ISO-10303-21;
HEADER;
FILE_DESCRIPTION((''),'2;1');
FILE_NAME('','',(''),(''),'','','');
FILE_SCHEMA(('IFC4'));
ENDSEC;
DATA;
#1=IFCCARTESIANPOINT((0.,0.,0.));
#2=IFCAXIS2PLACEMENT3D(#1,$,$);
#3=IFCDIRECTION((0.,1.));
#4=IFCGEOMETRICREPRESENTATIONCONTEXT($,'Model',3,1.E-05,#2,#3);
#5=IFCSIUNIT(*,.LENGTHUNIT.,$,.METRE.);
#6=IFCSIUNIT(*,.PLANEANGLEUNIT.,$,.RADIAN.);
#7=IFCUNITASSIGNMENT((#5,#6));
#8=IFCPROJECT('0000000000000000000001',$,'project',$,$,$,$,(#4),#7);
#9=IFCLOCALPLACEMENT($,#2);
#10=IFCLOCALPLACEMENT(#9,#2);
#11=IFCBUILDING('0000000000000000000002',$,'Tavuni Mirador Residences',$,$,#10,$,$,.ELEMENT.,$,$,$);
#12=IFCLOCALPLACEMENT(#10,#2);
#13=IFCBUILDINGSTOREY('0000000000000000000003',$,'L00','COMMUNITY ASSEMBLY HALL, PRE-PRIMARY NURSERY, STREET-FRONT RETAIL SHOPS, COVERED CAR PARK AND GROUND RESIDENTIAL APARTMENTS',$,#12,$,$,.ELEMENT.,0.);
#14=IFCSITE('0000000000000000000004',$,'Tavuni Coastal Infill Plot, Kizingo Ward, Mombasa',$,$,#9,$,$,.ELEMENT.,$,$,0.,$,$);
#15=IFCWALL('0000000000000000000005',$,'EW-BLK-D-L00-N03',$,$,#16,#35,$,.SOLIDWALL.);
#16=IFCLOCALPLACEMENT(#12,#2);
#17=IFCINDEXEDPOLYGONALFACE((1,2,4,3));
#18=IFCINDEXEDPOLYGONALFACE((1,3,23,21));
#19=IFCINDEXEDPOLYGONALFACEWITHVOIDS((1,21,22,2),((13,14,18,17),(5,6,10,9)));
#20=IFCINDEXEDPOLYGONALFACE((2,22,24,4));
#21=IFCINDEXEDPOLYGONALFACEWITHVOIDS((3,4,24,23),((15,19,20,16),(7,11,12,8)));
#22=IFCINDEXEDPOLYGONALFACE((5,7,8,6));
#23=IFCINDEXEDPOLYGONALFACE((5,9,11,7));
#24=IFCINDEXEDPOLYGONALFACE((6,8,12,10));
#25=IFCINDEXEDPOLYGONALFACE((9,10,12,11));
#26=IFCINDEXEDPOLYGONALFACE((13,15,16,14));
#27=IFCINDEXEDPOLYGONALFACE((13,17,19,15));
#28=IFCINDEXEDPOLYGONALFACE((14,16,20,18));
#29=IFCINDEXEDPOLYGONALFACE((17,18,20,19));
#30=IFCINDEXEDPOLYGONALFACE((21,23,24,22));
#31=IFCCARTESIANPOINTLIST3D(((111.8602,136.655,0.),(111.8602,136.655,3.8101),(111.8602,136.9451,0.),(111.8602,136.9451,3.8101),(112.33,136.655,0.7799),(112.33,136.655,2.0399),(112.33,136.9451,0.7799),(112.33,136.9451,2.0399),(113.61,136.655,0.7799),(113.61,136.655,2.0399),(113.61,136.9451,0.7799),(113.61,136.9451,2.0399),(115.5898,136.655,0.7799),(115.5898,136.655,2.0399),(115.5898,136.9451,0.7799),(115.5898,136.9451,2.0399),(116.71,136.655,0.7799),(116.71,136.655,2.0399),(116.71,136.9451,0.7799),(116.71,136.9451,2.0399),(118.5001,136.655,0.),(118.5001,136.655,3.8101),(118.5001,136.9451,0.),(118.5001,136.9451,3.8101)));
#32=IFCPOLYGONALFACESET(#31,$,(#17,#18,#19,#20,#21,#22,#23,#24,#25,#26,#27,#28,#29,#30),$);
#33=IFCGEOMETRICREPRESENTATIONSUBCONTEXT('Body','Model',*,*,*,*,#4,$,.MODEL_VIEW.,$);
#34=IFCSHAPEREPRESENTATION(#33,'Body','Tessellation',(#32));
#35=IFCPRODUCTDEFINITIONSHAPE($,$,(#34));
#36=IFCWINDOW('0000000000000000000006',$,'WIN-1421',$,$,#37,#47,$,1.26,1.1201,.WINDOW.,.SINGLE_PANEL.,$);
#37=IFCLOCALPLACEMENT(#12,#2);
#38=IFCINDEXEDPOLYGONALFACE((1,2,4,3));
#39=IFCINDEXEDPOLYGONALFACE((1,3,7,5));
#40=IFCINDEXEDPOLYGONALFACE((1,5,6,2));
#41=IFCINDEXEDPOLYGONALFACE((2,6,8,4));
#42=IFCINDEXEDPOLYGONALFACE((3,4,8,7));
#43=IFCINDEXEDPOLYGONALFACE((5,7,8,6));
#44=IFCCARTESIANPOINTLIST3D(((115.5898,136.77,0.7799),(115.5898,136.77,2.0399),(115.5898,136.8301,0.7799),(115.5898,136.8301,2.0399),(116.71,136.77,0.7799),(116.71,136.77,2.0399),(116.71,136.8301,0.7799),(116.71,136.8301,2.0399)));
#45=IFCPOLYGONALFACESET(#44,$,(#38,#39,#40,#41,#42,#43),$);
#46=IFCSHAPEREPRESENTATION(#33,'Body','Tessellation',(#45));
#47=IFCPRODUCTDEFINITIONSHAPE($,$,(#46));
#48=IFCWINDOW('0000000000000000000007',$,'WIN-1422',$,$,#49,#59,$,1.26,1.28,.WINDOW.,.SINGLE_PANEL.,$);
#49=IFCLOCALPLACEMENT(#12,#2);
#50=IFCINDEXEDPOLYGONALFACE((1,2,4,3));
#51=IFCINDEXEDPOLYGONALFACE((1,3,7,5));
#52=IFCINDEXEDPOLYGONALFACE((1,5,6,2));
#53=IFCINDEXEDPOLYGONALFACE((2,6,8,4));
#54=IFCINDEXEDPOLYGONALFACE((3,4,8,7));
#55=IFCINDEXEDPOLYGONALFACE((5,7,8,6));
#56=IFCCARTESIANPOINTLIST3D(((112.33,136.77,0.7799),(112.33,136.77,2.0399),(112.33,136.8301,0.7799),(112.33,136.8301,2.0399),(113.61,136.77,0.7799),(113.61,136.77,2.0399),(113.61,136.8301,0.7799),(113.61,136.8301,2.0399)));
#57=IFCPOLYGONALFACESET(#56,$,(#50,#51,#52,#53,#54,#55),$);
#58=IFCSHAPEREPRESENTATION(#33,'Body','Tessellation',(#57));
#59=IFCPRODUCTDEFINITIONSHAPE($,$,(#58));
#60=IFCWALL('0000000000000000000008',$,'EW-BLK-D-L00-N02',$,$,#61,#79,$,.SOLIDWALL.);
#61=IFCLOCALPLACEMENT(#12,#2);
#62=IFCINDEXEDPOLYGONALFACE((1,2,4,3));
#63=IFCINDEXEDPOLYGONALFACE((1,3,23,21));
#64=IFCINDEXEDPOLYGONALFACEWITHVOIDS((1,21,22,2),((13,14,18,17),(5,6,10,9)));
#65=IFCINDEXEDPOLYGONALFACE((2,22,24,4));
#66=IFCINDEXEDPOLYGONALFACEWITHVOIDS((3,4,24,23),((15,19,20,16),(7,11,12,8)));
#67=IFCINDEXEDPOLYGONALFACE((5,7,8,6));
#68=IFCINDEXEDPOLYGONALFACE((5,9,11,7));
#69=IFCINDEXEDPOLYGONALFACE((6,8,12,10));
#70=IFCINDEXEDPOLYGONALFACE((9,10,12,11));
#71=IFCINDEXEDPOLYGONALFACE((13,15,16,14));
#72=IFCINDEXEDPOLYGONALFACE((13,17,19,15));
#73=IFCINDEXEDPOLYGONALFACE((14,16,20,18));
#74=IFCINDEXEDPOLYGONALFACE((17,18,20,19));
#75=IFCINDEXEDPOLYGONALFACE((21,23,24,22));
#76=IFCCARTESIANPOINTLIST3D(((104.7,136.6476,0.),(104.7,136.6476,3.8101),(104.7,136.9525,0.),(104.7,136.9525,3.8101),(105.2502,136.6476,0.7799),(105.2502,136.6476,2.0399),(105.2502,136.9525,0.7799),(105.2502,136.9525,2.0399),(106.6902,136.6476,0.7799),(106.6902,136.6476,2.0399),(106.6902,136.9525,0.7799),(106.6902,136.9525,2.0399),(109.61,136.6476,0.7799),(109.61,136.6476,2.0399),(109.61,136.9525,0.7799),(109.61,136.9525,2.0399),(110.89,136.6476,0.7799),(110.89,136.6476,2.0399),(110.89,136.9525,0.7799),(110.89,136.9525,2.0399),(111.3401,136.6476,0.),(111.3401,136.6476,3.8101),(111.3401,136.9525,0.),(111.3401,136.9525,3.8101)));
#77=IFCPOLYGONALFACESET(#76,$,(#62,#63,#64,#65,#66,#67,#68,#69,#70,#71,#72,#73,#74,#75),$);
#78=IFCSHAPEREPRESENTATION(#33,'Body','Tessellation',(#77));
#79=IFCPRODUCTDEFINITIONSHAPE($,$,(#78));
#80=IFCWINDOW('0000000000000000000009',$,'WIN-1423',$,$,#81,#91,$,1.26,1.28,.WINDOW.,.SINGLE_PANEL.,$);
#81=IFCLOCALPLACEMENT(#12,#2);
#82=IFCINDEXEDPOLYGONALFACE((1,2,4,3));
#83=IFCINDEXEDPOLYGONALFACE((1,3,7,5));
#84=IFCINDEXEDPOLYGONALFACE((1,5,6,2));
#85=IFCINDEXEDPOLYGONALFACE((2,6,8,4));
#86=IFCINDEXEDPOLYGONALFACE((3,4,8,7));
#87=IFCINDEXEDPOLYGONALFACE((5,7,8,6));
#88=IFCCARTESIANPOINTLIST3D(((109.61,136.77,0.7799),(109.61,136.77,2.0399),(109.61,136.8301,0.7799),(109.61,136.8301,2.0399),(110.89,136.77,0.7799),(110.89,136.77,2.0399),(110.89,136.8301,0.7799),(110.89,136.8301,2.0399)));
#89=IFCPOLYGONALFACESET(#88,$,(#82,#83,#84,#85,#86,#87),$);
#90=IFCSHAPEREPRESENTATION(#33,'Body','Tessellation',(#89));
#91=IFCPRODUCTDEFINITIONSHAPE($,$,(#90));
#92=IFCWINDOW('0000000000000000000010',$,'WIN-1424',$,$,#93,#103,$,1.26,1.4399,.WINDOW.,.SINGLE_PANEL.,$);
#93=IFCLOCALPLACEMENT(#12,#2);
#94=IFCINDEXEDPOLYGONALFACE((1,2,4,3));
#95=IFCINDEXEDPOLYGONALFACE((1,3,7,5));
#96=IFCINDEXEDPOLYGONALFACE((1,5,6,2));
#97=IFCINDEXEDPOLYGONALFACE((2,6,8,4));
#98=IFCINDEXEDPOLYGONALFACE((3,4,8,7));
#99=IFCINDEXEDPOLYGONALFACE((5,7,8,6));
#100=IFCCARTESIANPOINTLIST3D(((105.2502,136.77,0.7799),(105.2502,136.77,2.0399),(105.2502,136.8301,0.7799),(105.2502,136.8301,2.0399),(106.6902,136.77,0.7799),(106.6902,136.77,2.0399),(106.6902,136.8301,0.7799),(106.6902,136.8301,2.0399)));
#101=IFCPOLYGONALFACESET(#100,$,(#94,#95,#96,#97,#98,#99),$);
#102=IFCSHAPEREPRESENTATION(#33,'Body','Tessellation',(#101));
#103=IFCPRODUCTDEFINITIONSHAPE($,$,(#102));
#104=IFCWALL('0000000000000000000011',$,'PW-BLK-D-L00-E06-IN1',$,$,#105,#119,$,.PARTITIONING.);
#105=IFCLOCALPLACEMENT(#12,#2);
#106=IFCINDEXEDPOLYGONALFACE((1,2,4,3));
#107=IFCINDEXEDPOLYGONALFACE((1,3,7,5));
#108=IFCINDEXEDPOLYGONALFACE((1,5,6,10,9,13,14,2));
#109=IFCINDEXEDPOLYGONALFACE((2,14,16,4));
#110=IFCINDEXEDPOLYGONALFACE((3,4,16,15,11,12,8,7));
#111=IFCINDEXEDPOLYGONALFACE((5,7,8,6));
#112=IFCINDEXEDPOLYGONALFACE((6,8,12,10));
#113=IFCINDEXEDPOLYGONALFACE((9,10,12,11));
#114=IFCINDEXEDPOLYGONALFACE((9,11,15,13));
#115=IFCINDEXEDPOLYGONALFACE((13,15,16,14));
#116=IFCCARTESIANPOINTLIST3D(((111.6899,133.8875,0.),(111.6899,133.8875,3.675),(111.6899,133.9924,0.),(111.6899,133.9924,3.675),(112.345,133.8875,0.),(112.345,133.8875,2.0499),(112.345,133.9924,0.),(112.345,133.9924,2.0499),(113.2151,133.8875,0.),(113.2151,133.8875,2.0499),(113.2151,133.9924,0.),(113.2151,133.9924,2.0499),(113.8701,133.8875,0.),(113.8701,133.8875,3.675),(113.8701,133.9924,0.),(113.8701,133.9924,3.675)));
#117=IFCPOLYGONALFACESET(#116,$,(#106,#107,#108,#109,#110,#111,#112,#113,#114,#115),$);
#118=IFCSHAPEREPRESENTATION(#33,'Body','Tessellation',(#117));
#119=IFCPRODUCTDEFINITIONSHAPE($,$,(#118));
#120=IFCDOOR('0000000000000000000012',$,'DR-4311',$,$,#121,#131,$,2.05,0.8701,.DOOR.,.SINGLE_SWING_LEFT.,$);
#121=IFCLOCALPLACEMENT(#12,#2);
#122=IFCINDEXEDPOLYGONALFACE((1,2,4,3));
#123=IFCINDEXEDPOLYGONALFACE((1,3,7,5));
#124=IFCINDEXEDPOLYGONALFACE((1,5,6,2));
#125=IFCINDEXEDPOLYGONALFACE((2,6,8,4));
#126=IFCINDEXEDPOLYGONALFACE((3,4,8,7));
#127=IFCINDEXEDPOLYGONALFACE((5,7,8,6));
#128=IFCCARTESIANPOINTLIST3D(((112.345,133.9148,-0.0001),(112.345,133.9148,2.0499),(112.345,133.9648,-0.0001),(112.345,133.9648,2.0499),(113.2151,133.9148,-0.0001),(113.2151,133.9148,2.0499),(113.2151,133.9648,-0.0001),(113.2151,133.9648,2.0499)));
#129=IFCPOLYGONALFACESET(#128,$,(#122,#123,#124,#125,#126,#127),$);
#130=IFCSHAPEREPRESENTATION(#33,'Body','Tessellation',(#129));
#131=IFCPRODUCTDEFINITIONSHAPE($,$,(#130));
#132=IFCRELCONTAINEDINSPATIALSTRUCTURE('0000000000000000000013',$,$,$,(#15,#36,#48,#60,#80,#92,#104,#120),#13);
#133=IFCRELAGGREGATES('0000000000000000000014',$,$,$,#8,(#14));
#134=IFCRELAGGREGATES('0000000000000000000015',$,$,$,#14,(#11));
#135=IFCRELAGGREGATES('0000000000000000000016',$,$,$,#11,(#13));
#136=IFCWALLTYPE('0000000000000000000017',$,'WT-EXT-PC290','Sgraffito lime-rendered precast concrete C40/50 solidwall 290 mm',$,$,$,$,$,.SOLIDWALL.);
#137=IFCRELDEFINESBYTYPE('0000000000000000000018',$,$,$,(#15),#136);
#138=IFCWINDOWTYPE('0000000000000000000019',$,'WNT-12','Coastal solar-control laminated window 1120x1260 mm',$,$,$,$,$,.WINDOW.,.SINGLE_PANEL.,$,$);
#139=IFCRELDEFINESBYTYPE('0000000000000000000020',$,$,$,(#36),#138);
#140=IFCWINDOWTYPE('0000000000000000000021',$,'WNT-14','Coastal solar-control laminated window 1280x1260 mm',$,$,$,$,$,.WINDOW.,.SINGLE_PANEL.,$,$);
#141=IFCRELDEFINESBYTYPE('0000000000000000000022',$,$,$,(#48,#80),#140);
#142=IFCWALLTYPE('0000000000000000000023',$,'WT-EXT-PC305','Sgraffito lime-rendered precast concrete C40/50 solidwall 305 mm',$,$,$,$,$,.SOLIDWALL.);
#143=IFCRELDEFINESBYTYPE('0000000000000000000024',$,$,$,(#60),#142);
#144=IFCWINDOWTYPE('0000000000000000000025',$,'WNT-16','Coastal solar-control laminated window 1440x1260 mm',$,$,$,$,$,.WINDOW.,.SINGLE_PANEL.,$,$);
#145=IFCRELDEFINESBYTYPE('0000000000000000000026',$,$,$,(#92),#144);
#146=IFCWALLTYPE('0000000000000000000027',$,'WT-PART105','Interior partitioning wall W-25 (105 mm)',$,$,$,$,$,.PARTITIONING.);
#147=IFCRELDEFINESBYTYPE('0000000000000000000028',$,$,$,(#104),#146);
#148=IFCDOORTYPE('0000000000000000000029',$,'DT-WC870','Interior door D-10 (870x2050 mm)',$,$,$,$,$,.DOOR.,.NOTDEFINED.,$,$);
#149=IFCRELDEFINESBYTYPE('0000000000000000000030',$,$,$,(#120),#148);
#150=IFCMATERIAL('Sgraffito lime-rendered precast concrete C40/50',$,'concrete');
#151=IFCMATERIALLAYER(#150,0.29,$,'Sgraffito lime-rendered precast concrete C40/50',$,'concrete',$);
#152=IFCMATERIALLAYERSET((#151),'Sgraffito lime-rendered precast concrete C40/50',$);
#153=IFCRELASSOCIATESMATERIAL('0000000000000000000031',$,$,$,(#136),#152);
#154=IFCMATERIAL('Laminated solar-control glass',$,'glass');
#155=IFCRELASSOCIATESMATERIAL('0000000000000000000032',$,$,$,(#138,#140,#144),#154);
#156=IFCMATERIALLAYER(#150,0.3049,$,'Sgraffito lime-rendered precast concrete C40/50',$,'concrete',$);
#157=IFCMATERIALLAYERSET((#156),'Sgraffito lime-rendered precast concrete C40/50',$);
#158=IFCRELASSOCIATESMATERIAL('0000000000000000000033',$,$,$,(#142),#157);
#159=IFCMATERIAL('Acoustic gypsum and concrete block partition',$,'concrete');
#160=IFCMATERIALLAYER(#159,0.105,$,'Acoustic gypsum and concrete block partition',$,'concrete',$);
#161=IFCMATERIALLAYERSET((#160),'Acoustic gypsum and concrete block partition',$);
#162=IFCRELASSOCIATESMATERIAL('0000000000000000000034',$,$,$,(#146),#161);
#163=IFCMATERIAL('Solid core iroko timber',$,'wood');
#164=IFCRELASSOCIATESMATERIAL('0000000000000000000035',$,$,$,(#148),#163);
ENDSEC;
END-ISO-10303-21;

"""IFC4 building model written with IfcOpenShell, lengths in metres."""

from ifc_helpers import new_model, si_unit, direction, frame, frame_2d, origin, place, context, subcontext, project, spatial, rectangle, extrude, material, layer, layer_set, type_object, element, fill, save


model = new_model("IFC4")

# Units and contexts
model_context = context("Model", 3, precision=1e-05, world=origin(), true_north=direction((0.0, 1.0)))
body_context = subcontext(model_context, "Body", "Model", "MODEL_VIEW")
ifc_project = project(units=[si_unit("LENGTHUNIT", "METRE"), si_unit("PLANEANGLEUNIT", "RADIAN")], contexts=[model_context])

# Site, building, storey
site_placement = place(None, origin())
site = spatial("IfcSite", under=ifc_project, at=site_placement, Name="Tavuni Coastal Infill Plot, Kizingo Ward, Mombasa", CompositionType="ELEMENT", RefElevation=0.0)
building_placement = place(site_placement, origin())
building = spatial("IfcBuilding", under=site, at=building_placement, Name="Tavuni Mirador Residences", CompositionType="ELEMENT")
storey_placement = place(building_placement, origin())
storey = spatial("IfcBuildingStorey", under=building, at=storey_placement, Name="L00", Description="COMMUNITY ASSEMBLY HALL, PRE-PRIMARY NURSERY, STREET-FRONT RETAIL SHOPS, COVERED CAR PARK AND GROUND RESIDENTIAL APARTMENTS", CompositionType="ELEMENT", Elevation=0.0)

# Walls, openings, windows
ifc_material_1 = material(Name="Sgraffito lime-rendered precast concrete C40/50", Category="concrete")
ifc_layer_1 = layer(ifc_material_1, 0.29, Name="Sgraffito lime-rendered precast concrete C40/50", Category="concrete")
ifc_layer_set_1 = layer_set([ifc_layer_1], Name="Sgraffito lime-rendered precast concrete C40/50")
wall_type_1 = type_object("IfcWallType", Name="WT-EXT-PC290", Description="Sgraffito lime-rendered precast concrete C40/50 solidwall 290 mm", PredefinedType="SOLIDWALL", material=ifc_layer_set_1)
wall_1_placement = place(storey_placement, frame((118.5, 136.8, 0.0), z_axis=(0.0, 0.0, 1.0), x_axis=(-1.0, 0.0, 0.0)))
wall_1 = element("IfcWall", 1, at=wall_1_placement, inside=storey, type_object=wall_type_1, Name="EW-BLK-D-L00-N03", PredefinedType="SOLIDWALL", context=body_context, shape_type="SweptSolid", body=[
    extrude(rectangle(XDim=6.6399, YDim=0.29, at=frame_2d((3.3198, 0.0))), origin(), (0.0, 0.0, 1.0), 3.8101),
])
opening_1_placement = place(wall_1_placement, frame((1.79, 0.0, 0.78)))
opening_1 = element("IfcOpeningElement", 2, at=opening_1_placement, cuts=wall_1, PredefinedType="OPENING", context=body_context, shape_type="SweptSolid", body=[
    extrude(rectangle(XDim=1.1201, YDim=1.26, at=frame_2d((0.5601, 0.6299))), frame((0.0, 0.155, 0.0), z_axis=(0.0, -1.0, 0.0), x_axis=(1.0, 0.0, 0.0)), (0.0, 0.0, 1.0), 0.3101),
])
opening_2_placement = place(wall_1_placement, frame((4.8899, 0.0, 0.78)))
opening_2 = element("IfcOpeningElement", 3, at=opening_2_placement, cuts=wall_1, PredefinedType="OPENING", context=body_context, shape_type="SweptSolid", body=[
    extrude(rectangle(XDim=1.28, YDim=1.26, at=frame_2d((0.6401, 0.6299))), frame((0.0, 0.155, 0.0), z_axis=(0.0, -1.0, 0.0), x_axis=(1.0, 0.0, 0.0)), (0.0, 0.0, 1.0), 0.3101),
])
ifc_material_2 = material(Name="Laminated solar-control glass", Category="glass")
window_type_1 = type_object("IfcWindowType", Name="WNT-12", Description="Coastal solar-control laminated window 1120x1260 mm", PartitioningType="SINGLE_PANEL", PredefinedType="WINDOW", material=ifc_material_2)
window_1_placement = place(opening_1_placement, origin())
window_1 = element("IfcWindow", 4, at=window_1_placement, inside=storey, type_object=window_type_1, Name="WIN-1421", OverallHeight=1.26, OverallWidth=1.1201, PartitioningType="SINGLE_PANEL", PredefinedType="WINDOW", context=body_context, shape_type="SweptSolid", body=[
    extrude(rectangle(XDim=1.1201, YDim=1.26, at=frame_2d((0.5601, 0.6299))), frame((0.0, 0.03, 0.0), z_axis=(0.0, -1.0, 0.0), x_axis=(1.0, 0.0, 0.0)), (0.0, 0.0, 1.0), 0.0601),
])
fill(opening_1, window_1)
window_type_2 = type_object("IfcWindowType", Name="WNT-14", Description="Coastal solar-control laminated window 1280x1260 mm", PartitioningType="SINGLE_PANEL", PredefinedType="WINDOW", material=ifc_material_2)
window_2_placement = place(opening_2_placement, origin())
window_2 = element("IfcWindow", 5, at=window_2_placement, inside=storey, type_object=window_type_2, Name="WIN-1422", OverallHeight=1.26, OverallWidth=1.28, PartitioningType="SINGLE_PANEL", PredefinedType="WINDOW", context=body_context, shape_type="SweptSolid", body=[
    extrude(rectangle(XDim=1.28, YDim=1.26, at=frame_2d((0.6401, 0.6299))), frame((0.0, 0.03, 0.0), z_axis=(0.0, -1.0, 0.0), x_axis=(1.0, 0.0, 0.0)), (0.0, 0.0, 1.0), 0.0601),
])
fill(opening_2, window_2)
ifc_layer_2 = layer(ifc_material_1, 0.3049, Name="Sgraffito lime-rendered precast concrete C40/50", Category="concrete")
ifc_layer_set_2 = layer_set([ifc_layer_2], Name="Sgraffito lime-rendered precast concrete C40/50")
wall_type_2 = type_object("IfcWallType", Name="WT-EXT-PC305", Description="Sgraffito lime-rendered precast concrete C40/50 solidwall 305 mm", PredefinedType="SOLIDWALL", material=ifc_layer_set_2)
wall_2_placement = place(storey_placement, frame((111.3401, 136.8, 0.0), z_axis=(0.0, 0.0, 1.0), x_axis=(-1.0, 0.0, 0.0)))
wall_2 = element("IfcWall", 6, at=wall_2_placement, inside=storey, type_object=wall_type_2, Name="EW-BLK-D-L00-N02", PredefinedType="SOLIDWALL", context=body_context, shape_type="SweptSolid", body=[
    extrude(rectangle(XDim=6.6401, YDim=0.3049, at=frame_2d((3.3201, 0.0))), origin(), (0.0, 0.0, 1.0), 3.8101),
])
opening_3_placement = place(wall_2_placement, frame((0.45, 0.0, 0.78)))
opening_3 = element("IfcOpeningElement", 7, at=opening_3_placement, cuts=wall_2, PredefinedType="OPENING", context=body_context, shape_type="SweptSolid", body=[
    extrude(rectangle(XDim=1.28, YDim=1.26, at=frame_2d((0.6401, 0.6299))), frame((0.0, 0.1626, 0.0), z_axis=(0.0, -1.0, 0.0), x_axis=(1.0, 0.0, 0.0)), (0.0, 0.0, 1.0), 0.325),
])
opening_4_placement = place(wall_2_placement, frame((4.6499, 0.0, 0.78)))
opening_4 = element("IfcOpeningElement", 8, at=opening_4_placement, cuts=wall_2, PredefinedType="OPENING", context=body_context, shape_type="SweptSolid", body=[
    extrude(rectangle(XDim=1.4399, YDim=1.26, at=frame_2d((0.72, 0.6299))), frame((0.0, 0.1626, 0.0), z_axis=(0.0, -1.0, 0.0), x_axis=(1.0, 0.0, 0.0)), (0.0, 0.0, 1.0), 0.325),
])
window_3_placement = place(opening_3_placement, origin())
window_3 = element("IfcWindow", 9, at=window_3_placement, inside=storey, type_object=window_type_2, Name="WIN-1423", OverallHeight=1.26, OverallWidth=1.28, PartitioningType="SINGLE_PANEL", PredefinedType="WINDOW", context=body_context, shape_type="SweptSolid", body=[
    extrude(rectangle(XDim=1.28, YDim=1.26, at=frame_2d((0.6401, 0.6299))), frame((0.0, 0.03, 0.0), z_axis=(0.0, -1.0, 0.0), x_axis=(1.0, 0.0, 0.0)), (0.0, 0.0, 1.0), 0.0601),
])
fill(opening_3, window_3)
window_type_3 = type_object("IfcWindowType", Name="WNT-16", Description="Coastal solar-control laminated window 1440x1260 mm", PartitioningType="SINGLE_PANEL", PredefinedType="WINDOW", material=ifc_material_2)
window_4_placement = place(opening_4_placement, origin())
window_4 = element("IfcWindow", 10, at=window_4_placement, inside=storey, type_object=window_type_3, Name="WIN-1424", OverallHeight=1.26, OverallWidth=1.4399, PartitioningType="SINGLE_PANEL", PredefinedType="WINDOW", context=body_context, shape_type="SweptSolid", body=[
    extrude(rectangle(XDim=1.4399, YDim=1.26, at=frame_2d((0.72, 0.6299))), frame((0.0, 0.03, 0.0), z_axis=(0.0, -1.0, 0.0), x_axis=(1.0, 0.0, 0.0)), (0.0, 0.0, 1.0), 0.0601),
])
fill(opening_4, window_4)

# Wall, opening, door
ifc_material_3 = material(Name="Acoustic gypsum and concrete block partition", Category="concrete")
ifc_layer_3 = layer(ifc_material_3, 0.105, Name="Acoustic gypsum and concrete block partition", Category="concrete")
ifc_layer_set_3 = layer_set([ifc_layer_3], Name="Acoustic gypsum and concrete block partition")
wall_type_3 = type_object("IfcWallType", Name="WT-PART105", Description="Interior partitioning wall W-25 (105 mm)", PredefinedType="PARTITIONING", material=ifc_layer_set_3)
wall_3_placement = place(storey_placement, frame((111.6899, 133.9399, 0.0), z_axis=(0.0, 0.0, 1.0), x_axis=(1.0, 0.0, 0.0)))
wall_3 = element("IfcWall", 11, at=wall_3_placement, inside=storey, type_object=wall_type_3, Name="PW-BLK-D-L00-E06-IN1", PredefinedType="PARTITIONING", context=body_context, shape_type="SweptSolid", body=[
    extrude(rectangle(XDim=2.1802, YDim=0.105, at=frame_2d((1.0901, 0.0))), origin(), (0.0, 0.0, 1.0), 3.675),
])
opening_5_placement = place(wall_3_placement, frame((0.655, 0.0, 0.0)))
opening_5 = element("IfcOpeningElement", 12, at=opening_5_placement, cuts=wall_3, PredefinedType="OPENING", context=body_context, shape_type="SweptSolid", body=[
    extrude(rectangle(XDim=0.8701, YDim=2.05, at=frame_2d((0.4351, 1.0249))), frame((0.0, 0.0625, 0.0), z_axis=(0.0, -1.0, 0.0), x_axis=(1.0, 0.0, 0.0)), (0.0, 0.0, 1.0), 0.125),
])
ifc_material_4 = material(Name="Solid core iroko timber", Category="wood")
door_type_1 = type_object("IfcDoorType", Name="DT-WC870", Description="Interior door D-10 (870x2050 mm)", OperationType="NOTDEFINED", PredefinedType="DOOR", material=ifc_material_4)
door_1_placement = place(opening_5_placement, origin())
door_1 = element("IfcDoor", 13, at=door_1_placement, inside=storey, type_object=door_type_1, Name="DR-4311", OperationType="SINGLE_SWING_LEFT", OverallHeight=2.05, OverallWidth=0.8701, PredefinedType="DOOR", context=body_context, shape_type="SweptSolid", body=[
    extrude(rectangle(XDim=0.8701, YDim=2.05, at=frame_2d((0.4351, 1.0249))), frame((0.0, 0.0249, 0.0), z_axis=(0.0, -1.0, 0.0), x_axis=(1.0, 0.0, 0.0)), (0.0, 0.0, 1.0), 0.05),
])
fill(opening_5, door_1)

save(model, "model.ifc")
